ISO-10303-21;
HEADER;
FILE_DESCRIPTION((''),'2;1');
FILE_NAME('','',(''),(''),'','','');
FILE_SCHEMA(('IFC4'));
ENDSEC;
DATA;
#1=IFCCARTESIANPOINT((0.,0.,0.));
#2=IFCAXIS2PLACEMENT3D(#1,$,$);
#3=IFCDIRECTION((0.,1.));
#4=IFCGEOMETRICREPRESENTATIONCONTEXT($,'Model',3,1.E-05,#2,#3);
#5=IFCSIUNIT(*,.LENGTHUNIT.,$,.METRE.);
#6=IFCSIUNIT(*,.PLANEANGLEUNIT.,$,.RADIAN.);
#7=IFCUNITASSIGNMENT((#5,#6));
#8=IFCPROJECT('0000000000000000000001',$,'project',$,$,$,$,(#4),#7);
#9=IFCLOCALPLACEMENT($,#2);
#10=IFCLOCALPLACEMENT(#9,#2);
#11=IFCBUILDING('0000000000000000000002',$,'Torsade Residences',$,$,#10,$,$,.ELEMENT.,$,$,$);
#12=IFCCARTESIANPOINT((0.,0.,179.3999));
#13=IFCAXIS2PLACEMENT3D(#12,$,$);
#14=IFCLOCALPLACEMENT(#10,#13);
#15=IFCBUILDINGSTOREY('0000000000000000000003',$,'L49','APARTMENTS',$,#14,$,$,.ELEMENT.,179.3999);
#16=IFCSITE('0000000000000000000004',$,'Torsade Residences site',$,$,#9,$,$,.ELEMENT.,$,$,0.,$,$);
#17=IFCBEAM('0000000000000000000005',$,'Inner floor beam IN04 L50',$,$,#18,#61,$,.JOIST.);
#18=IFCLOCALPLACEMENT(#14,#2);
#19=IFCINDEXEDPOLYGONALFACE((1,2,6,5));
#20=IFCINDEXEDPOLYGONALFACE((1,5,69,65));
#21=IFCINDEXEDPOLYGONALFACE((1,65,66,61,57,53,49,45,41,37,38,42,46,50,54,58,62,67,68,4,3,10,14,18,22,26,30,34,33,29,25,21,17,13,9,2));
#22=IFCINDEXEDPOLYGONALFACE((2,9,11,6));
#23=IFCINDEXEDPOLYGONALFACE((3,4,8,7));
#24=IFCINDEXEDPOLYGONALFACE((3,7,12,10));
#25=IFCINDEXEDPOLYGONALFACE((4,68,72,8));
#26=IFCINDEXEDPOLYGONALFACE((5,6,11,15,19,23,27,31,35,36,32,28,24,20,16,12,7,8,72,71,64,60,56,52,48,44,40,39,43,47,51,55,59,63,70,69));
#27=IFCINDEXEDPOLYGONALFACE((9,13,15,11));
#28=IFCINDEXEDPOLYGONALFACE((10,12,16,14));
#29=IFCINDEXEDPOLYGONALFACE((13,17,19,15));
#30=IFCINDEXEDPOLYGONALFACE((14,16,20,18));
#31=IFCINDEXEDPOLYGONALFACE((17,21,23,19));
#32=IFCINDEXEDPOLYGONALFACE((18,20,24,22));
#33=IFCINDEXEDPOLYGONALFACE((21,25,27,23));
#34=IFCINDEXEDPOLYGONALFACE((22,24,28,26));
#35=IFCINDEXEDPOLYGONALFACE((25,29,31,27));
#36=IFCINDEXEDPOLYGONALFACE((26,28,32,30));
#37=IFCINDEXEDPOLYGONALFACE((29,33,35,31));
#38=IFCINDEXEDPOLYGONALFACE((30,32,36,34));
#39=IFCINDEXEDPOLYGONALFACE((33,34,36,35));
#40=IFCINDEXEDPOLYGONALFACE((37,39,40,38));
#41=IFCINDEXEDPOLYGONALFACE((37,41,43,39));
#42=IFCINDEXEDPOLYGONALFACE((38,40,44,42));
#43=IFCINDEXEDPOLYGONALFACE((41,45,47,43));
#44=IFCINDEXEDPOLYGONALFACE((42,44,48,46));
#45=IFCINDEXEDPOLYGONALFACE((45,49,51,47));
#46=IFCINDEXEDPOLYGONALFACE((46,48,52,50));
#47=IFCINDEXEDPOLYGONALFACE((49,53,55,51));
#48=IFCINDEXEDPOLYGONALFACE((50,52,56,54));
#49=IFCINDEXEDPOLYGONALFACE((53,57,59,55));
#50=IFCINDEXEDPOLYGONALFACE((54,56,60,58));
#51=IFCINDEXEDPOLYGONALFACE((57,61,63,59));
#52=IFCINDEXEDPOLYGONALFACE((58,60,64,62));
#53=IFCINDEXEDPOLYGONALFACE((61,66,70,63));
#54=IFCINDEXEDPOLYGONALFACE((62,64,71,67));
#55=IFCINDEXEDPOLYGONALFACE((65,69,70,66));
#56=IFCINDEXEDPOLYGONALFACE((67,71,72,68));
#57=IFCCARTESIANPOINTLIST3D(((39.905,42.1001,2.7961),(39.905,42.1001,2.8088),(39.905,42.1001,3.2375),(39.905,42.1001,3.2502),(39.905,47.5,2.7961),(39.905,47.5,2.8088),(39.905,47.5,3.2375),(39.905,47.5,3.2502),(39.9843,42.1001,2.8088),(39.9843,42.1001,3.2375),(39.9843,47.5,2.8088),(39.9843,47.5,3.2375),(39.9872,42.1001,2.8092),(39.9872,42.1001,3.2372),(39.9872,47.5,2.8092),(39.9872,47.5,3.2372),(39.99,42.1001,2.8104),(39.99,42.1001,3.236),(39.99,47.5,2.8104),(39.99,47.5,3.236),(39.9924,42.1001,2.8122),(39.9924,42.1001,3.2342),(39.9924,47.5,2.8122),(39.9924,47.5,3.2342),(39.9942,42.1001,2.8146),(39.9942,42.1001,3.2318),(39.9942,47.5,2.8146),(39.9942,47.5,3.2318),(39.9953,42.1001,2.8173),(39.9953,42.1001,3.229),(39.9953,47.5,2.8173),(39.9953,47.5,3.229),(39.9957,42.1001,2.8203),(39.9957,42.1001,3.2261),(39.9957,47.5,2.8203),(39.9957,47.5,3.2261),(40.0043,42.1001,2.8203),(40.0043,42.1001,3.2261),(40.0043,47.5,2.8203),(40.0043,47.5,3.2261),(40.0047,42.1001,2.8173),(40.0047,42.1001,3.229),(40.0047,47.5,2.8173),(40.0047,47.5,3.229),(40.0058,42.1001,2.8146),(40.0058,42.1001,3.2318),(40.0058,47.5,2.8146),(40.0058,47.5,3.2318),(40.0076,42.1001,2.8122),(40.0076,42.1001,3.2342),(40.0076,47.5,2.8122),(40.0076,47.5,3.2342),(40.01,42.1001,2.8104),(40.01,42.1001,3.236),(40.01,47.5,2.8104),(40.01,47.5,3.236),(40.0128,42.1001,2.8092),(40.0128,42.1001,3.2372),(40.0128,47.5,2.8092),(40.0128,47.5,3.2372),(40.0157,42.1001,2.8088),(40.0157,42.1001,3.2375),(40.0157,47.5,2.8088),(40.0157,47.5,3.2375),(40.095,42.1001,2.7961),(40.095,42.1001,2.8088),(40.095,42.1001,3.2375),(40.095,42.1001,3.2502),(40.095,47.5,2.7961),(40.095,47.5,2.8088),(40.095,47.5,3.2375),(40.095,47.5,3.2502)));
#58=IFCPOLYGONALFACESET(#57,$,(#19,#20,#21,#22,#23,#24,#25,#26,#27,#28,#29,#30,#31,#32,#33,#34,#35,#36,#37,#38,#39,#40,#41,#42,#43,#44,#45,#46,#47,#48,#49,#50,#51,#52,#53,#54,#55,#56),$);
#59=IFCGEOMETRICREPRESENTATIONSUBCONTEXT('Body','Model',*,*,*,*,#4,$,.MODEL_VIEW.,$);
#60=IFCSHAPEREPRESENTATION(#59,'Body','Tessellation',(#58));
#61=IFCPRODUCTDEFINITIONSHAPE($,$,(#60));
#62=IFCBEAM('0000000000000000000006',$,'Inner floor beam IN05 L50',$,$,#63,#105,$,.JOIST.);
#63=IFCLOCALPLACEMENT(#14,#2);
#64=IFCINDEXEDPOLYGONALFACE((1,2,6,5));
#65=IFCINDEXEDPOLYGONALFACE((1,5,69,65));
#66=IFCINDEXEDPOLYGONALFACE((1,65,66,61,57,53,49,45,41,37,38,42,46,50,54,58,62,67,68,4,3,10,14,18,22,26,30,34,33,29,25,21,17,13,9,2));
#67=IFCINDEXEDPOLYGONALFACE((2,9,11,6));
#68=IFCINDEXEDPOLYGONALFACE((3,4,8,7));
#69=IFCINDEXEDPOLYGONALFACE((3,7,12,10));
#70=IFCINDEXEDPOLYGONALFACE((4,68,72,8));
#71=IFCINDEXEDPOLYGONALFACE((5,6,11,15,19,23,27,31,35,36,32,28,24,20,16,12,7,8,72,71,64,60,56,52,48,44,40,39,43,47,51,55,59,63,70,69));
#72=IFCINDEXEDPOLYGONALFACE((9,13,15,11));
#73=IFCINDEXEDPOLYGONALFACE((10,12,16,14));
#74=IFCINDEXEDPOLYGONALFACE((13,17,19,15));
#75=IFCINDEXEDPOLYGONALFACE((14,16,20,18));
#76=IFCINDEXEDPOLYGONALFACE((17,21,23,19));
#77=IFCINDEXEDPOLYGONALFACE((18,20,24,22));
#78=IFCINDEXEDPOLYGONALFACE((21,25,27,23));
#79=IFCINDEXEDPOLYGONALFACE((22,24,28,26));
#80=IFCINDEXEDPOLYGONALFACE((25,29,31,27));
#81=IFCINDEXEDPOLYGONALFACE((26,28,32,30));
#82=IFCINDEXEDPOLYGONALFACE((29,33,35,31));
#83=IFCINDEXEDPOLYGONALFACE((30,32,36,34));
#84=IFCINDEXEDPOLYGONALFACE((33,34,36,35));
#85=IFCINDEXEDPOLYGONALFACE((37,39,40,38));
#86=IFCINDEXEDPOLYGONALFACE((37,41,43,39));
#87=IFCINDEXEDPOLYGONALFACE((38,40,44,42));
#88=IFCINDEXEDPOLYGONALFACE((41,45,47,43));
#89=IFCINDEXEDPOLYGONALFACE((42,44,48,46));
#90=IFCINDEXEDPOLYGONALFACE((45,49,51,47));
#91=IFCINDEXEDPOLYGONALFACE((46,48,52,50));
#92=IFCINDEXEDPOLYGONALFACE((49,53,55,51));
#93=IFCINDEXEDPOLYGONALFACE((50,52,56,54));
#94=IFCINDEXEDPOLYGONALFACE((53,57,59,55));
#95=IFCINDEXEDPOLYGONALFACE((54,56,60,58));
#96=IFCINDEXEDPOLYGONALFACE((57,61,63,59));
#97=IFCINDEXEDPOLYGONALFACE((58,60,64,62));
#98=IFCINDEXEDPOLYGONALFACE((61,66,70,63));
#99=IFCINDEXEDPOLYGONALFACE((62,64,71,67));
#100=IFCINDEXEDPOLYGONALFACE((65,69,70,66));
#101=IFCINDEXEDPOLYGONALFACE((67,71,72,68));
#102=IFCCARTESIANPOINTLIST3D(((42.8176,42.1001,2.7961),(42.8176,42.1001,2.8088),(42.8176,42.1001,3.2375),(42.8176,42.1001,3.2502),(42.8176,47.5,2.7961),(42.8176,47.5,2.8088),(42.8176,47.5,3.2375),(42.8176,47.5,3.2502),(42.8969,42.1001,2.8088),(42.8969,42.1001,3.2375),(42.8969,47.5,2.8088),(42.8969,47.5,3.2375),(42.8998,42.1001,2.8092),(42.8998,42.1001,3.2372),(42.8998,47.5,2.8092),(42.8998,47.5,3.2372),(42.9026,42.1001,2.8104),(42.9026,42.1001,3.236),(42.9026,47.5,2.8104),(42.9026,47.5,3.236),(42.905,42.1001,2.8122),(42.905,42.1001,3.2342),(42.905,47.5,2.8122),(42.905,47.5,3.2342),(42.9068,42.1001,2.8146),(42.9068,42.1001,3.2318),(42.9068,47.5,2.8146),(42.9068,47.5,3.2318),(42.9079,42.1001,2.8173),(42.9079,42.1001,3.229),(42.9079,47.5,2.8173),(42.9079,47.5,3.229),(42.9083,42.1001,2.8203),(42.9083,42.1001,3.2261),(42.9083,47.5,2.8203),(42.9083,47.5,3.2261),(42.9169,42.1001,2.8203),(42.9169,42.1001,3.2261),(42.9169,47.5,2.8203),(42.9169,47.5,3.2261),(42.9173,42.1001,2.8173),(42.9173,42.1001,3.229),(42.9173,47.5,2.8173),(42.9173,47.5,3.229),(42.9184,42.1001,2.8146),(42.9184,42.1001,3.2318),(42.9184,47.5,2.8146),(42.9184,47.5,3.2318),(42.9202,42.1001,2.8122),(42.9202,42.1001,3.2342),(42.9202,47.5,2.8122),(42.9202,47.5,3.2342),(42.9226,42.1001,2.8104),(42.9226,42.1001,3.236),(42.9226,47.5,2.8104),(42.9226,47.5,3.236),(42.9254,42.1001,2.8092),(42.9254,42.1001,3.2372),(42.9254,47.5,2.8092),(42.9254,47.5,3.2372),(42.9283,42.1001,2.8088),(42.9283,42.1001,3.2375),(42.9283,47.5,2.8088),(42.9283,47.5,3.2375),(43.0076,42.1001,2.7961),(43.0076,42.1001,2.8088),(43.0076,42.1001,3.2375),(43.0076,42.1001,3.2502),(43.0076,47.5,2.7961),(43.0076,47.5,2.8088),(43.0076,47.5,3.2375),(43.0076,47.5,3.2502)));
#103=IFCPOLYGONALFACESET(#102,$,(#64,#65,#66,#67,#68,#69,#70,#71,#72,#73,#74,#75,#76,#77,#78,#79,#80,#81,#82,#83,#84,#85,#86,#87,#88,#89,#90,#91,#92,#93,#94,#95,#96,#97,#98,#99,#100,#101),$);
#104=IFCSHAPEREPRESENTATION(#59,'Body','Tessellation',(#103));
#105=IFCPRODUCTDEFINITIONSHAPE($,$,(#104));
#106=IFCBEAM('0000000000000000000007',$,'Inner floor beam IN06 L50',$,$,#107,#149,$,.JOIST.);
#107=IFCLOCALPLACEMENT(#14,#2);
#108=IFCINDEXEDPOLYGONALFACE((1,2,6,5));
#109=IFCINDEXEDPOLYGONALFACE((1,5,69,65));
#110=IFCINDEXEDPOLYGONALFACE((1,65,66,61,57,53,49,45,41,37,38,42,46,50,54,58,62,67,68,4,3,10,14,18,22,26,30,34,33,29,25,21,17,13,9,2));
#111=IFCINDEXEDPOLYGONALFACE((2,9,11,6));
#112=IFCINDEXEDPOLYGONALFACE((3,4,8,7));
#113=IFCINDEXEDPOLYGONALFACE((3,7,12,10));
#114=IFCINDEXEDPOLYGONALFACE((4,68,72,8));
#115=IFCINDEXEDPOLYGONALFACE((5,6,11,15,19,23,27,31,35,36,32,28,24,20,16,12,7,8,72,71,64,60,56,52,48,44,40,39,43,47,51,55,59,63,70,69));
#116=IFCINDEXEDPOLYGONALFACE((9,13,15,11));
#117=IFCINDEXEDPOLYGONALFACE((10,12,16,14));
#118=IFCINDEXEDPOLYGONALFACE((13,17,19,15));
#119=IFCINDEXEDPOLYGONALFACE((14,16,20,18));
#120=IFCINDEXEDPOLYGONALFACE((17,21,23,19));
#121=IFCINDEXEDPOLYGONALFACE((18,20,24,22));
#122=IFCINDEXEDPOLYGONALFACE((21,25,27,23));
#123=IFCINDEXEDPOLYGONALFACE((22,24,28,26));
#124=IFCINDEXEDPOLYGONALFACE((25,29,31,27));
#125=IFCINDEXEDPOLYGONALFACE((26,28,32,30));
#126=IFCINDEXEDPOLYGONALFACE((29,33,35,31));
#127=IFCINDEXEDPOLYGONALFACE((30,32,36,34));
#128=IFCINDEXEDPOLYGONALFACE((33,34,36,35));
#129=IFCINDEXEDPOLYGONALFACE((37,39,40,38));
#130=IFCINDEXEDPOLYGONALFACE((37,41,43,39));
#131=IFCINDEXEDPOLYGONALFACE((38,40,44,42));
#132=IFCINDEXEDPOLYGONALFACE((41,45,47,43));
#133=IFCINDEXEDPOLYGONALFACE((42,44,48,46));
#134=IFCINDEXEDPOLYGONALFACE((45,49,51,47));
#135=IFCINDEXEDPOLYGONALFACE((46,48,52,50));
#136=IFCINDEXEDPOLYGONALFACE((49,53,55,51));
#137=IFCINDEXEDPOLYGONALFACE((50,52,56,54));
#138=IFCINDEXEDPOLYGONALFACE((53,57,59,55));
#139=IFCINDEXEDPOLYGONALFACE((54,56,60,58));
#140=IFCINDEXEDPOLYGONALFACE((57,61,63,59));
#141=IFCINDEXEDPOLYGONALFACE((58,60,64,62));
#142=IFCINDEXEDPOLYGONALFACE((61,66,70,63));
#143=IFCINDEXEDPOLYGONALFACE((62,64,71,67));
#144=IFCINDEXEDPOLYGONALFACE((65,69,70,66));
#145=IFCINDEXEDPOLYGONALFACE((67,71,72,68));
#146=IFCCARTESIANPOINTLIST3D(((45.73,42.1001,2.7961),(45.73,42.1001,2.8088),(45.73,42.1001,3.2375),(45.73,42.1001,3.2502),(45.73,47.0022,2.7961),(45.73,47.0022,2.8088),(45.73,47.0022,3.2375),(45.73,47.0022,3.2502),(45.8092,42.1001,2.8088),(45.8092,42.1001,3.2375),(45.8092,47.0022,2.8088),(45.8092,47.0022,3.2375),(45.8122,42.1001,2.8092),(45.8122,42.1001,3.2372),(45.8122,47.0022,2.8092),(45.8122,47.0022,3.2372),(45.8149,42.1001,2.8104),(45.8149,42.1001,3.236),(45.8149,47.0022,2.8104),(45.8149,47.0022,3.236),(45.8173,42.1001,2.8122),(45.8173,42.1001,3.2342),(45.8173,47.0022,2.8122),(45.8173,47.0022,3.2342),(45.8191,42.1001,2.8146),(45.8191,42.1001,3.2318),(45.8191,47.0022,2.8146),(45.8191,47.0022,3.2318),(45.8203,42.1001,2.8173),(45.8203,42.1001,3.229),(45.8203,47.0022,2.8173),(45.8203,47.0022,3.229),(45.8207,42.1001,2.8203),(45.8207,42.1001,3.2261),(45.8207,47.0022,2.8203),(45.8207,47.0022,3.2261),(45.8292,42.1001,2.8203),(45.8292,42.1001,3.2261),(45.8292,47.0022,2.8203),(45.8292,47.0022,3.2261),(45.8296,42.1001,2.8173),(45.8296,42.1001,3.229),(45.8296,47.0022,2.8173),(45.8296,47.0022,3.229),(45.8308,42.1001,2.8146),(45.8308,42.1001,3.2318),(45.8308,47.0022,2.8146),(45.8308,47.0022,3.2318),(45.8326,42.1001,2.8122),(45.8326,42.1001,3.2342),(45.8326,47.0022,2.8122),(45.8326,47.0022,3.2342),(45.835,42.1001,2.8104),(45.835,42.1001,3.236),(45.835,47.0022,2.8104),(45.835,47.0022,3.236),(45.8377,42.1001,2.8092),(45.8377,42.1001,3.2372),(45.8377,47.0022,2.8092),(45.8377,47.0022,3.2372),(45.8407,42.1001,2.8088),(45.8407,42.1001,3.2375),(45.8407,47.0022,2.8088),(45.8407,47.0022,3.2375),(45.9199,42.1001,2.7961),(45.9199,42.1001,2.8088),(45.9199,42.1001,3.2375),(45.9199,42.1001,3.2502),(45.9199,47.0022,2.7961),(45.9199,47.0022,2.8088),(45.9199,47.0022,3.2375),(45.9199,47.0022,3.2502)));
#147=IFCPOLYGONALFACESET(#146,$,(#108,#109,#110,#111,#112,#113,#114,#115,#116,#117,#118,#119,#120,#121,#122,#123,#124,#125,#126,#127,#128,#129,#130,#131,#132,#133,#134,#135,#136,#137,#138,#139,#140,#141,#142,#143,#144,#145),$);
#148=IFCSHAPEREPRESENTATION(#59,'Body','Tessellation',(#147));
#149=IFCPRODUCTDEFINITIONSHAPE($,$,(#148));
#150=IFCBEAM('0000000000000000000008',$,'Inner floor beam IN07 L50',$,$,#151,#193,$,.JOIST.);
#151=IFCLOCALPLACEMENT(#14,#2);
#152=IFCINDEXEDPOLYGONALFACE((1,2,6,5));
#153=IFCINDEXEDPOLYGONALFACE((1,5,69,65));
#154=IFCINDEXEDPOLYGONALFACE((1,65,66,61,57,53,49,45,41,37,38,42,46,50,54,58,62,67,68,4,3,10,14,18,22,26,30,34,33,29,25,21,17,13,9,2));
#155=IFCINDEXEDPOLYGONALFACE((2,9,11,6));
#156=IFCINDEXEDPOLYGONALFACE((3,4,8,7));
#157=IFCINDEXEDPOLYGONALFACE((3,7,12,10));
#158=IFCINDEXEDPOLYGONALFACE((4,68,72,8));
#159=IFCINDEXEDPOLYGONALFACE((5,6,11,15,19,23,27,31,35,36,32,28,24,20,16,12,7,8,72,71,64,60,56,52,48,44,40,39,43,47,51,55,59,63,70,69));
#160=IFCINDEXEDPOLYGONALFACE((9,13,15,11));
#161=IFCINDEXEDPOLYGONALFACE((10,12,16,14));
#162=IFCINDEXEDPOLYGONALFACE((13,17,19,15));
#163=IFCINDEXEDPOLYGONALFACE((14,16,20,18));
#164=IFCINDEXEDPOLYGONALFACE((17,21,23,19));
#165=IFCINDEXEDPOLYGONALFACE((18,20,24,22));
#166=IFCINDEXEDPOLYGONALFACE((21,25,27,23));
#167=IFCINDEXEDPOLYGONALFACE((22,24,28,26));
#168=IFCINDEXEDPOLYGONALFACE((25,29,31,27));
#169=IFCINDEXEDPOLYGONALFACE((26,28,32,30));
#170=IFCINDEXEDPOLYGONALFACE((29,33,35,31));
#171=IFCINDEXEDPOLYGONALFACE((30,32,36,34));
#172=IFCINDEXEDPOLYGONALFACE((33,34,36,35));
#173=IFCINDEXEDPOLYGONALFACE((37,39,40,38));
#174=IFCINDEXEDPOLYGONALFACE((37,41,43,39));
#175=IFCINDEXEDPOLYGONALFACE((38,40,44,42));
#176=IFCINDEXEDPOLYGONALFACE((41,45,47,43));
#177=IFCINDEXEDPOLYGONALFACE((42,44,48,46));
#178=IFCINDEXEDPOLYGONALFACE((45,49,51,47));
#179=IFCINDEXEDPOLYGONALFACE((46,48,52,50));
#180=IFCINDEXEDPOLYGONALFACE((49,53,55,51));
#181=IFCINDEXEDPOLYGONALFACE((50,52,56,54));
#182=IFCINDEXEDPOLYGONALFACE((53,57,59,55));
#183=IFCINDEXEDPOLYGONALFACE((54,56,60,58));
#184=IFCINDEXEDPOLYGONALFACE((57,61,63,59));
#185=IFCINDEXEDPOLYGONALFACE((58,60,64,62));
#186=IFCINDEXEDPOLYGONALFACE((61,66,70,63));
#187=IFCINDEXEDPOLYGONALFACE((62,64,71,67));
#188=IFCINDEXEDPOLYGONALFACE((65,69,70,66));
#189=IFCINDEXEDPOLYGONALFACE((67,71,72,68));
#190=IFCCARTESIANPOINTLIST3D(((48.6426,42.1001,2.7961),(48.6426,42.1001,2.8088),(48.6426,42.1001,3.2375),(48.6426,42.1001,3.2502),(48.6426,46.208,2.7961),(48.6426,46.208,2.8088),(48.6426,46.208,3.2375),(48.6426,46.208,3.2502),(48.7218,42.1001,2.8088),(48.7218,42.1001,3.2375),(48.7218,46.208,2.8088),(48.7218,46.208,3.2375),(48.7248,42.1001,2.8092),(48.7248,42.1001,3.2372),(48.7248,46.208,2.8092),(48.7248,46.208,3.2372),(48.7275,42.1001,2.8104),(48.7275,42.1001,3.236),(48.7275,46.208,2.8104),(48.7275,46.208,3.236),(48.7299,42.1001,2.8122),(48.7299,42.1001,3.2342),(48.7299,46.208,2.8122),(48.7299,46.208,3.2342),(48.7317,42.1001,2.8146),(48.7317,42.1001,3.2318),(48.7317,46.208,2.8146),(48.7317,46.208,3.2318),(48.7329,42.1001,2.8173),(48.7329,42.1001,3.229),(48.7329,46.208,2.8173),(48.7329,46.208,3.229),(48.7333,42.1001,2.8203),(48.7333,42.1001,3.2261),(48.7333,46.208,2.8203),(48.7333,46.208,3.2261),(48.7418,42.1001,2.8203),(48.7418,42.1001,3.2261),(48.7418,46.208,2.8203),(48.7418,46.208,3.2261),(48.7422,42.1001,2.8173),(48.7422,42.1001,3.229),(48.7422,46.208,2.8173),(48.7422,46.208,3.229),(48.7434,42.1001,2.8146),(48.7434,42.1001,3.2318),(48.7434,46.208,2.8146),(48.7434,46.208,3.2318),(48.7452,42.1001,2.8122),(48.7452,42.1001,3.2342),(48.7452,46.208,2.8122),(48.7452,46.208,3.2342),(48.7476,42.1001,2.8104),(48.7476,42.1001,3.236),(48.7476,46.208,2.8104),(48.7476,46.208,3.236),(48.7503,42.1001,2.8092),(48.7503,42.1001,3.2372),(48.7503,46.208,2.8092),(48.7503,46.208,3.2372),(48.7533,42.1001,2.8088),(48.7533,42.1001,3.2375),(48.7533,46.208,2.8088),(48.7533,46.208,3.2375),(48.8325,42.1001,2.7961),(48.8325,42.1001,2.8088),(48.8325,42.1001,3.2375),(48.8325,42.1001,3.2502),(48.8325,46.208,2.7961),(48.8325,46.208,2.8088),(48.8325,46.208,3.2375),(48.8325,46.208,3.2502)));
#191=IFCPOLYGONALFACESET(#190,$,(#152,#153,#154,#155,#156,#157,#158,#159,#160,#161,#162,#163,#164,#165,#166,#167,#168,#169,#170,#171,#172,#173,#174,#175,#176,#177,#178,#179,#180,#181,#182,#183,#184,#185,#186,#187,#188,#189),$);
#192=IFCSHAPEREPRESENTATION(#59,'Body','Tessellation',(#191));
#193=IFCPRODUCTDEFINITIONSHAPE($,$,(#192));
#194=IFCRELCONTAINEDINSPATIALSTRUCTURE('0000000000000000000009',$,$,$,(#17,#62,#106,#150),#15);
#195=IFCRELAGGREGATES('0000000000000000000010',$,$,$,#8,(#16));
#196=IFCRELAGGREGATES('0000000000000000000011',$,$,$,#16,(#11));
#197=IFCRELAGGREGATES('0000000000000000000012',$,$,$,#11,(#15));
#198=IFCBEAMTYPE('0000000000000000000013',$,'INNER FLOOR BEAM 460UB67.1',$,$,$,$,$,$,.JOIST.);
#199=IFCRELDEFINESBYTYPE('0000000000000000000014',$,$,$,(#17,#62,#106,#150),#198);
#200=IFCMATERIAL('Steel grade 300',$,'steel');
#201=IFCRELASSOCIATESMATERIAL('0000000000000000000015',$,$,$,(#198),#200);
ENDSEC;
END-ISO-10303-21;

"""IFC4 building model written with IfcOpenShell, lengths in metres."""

from ifc_helpers import new_model, si_unit, direction, frame, origin, origin_2d, place, context, subcontext, project, spatial, i_section, extrude, material, material_profile, profile_set, type_object, element, save


model = new_model("IFC4")

# Units and contexts
model_context = context("Model", 3, precision=1e-05, world=origin(), true_north=direction((0.0, 1.0)))
body_context = subcontext(model_context, "Body", "Model", "MODEL_VIEW")
ifc_project = project(units=[si_unit("LENGTHUNIT", "METRE"), si_unit("PLANEANGLEUNIT", "RADIAN")], contexts=[model_context])

# Site, building, storey
site_placement = place(None, origin())
site = spatial("IfcSite", under=ifc_project, at=site_placement, Name="Torsade Residences site", CompositionType="ELEMENT", RefElevation=0.0)
building_placement = place(site_placement, origin())
building = spatial("IfcBuilding", under=site, at=building_placement, Name="Torsade Residences", CompositionType="ELEMENT")
storey_placement = place(building_placement, frame((0.0, 0.0, 179.3999)))
storey = spatial("IfcBuildingStorey", under=building, at=storey_placement, Name="L49", Description="APARTMENTS", CompositionType="ELEMENT", Elevation=179.3999)

# Beams
ifc_material_1 = material(Name="Steel grade 300", Category="steel")
ifc_material_profile = material_profile(ifc_material_1, i_section(OverallWidth=0.1899, OverallDepth=0.4541, WebThickness=0.0085, FlangeThickness=0.0127, FilletRadius=0.0115, at=origin_2d()), Name="460UB67.1")
ifc_profile_set = profile_set([ifc_material_profile], Name="Steel grade 300")
beam_type = type_object("IfcBeamType", Name="INNER FLOOR BEAM 460UB67.1", PredefinedType="JOIST", material=ifc_profile_set)
for number, where, z_axis, x_axis, name in (
    (1, (40.0, 42.1001, 3.0232), (0.0, 1.0, 0.0), (-1.0, 0.0, 0.0), "Inner floor beam IN04 L50"),
    (2, (42.9126, 42.1001, 3.0232), (0.0, 1.0, 0.0), (-1.0, 0.0, 0.0), "Inner floor beam IN05 L50"),
):
    element("IfcBeam", number, at=place(storey_placement, frame(where, z_axis=z_axis, x_axis=x_axis)), inside=storey, type_object=beam_type, Name=name, PredefinedType="JOIST", context=body_context, shape_type="SweptSolid", body=[
        extrude(i_section(OverallWidth=0.1899, OverallDepth=0.4541, WebThickness=0.0085, FlangeThickness=0.0127, FilletRadius=0.0115, at=origin_2d()), origin(), (0.0, 0.0, 1.0), 5.3999),
    ])
beam_1_placement = place(storey_placement, frame((45.825, 42.1001, 3.0232), z_axis=(0.0, 1.0, 0.0), x_axis=(-1.0, 0.0, 0.0)))
element("IfcBeam", 3, at=beam_1_placement, inside=storey, type_object=beam_type, Name="Inner floor beam IN06 L50", PredefinedType="JOIST", context=body_context, shape_type="SweptSolid", body=[
    extrude(i_section(OverallWidth=0.1899, OverallDepth=0.4541, WebThickness=0.0085, FlangeThickness=0.0127, FilletRadius=0.0115, at=origin_2d()), origin(), (0.0, 0.0, 1.0), 4.9021),
])
beam_2_placement = place(storey_placement, frame((48.7375, 42.1001, 3.0232), z_axis=(0.0, 1.0, 0.0), x_axis=(-1.0, 0.0, 0.0)))
element("IfcBeam", 4, at=beam_2_placement, inside=storey, type_object=beam_type, Name="Inner floor beam IN07 L50", PredefinedType="JOIST", context=body_context, shape_type="SweptSolid", body=[
    extrude(i_section(OverallWidth=0.1899, OverallDepth=0.4541, WebThickness=0.0085, FlangeThickness=0.0127, FilletRadius=0.0115, at=origin_2d()), origin(), (0.0, 0.0, 1.0), 4.1079),
])

save(model, "model.ifc")
